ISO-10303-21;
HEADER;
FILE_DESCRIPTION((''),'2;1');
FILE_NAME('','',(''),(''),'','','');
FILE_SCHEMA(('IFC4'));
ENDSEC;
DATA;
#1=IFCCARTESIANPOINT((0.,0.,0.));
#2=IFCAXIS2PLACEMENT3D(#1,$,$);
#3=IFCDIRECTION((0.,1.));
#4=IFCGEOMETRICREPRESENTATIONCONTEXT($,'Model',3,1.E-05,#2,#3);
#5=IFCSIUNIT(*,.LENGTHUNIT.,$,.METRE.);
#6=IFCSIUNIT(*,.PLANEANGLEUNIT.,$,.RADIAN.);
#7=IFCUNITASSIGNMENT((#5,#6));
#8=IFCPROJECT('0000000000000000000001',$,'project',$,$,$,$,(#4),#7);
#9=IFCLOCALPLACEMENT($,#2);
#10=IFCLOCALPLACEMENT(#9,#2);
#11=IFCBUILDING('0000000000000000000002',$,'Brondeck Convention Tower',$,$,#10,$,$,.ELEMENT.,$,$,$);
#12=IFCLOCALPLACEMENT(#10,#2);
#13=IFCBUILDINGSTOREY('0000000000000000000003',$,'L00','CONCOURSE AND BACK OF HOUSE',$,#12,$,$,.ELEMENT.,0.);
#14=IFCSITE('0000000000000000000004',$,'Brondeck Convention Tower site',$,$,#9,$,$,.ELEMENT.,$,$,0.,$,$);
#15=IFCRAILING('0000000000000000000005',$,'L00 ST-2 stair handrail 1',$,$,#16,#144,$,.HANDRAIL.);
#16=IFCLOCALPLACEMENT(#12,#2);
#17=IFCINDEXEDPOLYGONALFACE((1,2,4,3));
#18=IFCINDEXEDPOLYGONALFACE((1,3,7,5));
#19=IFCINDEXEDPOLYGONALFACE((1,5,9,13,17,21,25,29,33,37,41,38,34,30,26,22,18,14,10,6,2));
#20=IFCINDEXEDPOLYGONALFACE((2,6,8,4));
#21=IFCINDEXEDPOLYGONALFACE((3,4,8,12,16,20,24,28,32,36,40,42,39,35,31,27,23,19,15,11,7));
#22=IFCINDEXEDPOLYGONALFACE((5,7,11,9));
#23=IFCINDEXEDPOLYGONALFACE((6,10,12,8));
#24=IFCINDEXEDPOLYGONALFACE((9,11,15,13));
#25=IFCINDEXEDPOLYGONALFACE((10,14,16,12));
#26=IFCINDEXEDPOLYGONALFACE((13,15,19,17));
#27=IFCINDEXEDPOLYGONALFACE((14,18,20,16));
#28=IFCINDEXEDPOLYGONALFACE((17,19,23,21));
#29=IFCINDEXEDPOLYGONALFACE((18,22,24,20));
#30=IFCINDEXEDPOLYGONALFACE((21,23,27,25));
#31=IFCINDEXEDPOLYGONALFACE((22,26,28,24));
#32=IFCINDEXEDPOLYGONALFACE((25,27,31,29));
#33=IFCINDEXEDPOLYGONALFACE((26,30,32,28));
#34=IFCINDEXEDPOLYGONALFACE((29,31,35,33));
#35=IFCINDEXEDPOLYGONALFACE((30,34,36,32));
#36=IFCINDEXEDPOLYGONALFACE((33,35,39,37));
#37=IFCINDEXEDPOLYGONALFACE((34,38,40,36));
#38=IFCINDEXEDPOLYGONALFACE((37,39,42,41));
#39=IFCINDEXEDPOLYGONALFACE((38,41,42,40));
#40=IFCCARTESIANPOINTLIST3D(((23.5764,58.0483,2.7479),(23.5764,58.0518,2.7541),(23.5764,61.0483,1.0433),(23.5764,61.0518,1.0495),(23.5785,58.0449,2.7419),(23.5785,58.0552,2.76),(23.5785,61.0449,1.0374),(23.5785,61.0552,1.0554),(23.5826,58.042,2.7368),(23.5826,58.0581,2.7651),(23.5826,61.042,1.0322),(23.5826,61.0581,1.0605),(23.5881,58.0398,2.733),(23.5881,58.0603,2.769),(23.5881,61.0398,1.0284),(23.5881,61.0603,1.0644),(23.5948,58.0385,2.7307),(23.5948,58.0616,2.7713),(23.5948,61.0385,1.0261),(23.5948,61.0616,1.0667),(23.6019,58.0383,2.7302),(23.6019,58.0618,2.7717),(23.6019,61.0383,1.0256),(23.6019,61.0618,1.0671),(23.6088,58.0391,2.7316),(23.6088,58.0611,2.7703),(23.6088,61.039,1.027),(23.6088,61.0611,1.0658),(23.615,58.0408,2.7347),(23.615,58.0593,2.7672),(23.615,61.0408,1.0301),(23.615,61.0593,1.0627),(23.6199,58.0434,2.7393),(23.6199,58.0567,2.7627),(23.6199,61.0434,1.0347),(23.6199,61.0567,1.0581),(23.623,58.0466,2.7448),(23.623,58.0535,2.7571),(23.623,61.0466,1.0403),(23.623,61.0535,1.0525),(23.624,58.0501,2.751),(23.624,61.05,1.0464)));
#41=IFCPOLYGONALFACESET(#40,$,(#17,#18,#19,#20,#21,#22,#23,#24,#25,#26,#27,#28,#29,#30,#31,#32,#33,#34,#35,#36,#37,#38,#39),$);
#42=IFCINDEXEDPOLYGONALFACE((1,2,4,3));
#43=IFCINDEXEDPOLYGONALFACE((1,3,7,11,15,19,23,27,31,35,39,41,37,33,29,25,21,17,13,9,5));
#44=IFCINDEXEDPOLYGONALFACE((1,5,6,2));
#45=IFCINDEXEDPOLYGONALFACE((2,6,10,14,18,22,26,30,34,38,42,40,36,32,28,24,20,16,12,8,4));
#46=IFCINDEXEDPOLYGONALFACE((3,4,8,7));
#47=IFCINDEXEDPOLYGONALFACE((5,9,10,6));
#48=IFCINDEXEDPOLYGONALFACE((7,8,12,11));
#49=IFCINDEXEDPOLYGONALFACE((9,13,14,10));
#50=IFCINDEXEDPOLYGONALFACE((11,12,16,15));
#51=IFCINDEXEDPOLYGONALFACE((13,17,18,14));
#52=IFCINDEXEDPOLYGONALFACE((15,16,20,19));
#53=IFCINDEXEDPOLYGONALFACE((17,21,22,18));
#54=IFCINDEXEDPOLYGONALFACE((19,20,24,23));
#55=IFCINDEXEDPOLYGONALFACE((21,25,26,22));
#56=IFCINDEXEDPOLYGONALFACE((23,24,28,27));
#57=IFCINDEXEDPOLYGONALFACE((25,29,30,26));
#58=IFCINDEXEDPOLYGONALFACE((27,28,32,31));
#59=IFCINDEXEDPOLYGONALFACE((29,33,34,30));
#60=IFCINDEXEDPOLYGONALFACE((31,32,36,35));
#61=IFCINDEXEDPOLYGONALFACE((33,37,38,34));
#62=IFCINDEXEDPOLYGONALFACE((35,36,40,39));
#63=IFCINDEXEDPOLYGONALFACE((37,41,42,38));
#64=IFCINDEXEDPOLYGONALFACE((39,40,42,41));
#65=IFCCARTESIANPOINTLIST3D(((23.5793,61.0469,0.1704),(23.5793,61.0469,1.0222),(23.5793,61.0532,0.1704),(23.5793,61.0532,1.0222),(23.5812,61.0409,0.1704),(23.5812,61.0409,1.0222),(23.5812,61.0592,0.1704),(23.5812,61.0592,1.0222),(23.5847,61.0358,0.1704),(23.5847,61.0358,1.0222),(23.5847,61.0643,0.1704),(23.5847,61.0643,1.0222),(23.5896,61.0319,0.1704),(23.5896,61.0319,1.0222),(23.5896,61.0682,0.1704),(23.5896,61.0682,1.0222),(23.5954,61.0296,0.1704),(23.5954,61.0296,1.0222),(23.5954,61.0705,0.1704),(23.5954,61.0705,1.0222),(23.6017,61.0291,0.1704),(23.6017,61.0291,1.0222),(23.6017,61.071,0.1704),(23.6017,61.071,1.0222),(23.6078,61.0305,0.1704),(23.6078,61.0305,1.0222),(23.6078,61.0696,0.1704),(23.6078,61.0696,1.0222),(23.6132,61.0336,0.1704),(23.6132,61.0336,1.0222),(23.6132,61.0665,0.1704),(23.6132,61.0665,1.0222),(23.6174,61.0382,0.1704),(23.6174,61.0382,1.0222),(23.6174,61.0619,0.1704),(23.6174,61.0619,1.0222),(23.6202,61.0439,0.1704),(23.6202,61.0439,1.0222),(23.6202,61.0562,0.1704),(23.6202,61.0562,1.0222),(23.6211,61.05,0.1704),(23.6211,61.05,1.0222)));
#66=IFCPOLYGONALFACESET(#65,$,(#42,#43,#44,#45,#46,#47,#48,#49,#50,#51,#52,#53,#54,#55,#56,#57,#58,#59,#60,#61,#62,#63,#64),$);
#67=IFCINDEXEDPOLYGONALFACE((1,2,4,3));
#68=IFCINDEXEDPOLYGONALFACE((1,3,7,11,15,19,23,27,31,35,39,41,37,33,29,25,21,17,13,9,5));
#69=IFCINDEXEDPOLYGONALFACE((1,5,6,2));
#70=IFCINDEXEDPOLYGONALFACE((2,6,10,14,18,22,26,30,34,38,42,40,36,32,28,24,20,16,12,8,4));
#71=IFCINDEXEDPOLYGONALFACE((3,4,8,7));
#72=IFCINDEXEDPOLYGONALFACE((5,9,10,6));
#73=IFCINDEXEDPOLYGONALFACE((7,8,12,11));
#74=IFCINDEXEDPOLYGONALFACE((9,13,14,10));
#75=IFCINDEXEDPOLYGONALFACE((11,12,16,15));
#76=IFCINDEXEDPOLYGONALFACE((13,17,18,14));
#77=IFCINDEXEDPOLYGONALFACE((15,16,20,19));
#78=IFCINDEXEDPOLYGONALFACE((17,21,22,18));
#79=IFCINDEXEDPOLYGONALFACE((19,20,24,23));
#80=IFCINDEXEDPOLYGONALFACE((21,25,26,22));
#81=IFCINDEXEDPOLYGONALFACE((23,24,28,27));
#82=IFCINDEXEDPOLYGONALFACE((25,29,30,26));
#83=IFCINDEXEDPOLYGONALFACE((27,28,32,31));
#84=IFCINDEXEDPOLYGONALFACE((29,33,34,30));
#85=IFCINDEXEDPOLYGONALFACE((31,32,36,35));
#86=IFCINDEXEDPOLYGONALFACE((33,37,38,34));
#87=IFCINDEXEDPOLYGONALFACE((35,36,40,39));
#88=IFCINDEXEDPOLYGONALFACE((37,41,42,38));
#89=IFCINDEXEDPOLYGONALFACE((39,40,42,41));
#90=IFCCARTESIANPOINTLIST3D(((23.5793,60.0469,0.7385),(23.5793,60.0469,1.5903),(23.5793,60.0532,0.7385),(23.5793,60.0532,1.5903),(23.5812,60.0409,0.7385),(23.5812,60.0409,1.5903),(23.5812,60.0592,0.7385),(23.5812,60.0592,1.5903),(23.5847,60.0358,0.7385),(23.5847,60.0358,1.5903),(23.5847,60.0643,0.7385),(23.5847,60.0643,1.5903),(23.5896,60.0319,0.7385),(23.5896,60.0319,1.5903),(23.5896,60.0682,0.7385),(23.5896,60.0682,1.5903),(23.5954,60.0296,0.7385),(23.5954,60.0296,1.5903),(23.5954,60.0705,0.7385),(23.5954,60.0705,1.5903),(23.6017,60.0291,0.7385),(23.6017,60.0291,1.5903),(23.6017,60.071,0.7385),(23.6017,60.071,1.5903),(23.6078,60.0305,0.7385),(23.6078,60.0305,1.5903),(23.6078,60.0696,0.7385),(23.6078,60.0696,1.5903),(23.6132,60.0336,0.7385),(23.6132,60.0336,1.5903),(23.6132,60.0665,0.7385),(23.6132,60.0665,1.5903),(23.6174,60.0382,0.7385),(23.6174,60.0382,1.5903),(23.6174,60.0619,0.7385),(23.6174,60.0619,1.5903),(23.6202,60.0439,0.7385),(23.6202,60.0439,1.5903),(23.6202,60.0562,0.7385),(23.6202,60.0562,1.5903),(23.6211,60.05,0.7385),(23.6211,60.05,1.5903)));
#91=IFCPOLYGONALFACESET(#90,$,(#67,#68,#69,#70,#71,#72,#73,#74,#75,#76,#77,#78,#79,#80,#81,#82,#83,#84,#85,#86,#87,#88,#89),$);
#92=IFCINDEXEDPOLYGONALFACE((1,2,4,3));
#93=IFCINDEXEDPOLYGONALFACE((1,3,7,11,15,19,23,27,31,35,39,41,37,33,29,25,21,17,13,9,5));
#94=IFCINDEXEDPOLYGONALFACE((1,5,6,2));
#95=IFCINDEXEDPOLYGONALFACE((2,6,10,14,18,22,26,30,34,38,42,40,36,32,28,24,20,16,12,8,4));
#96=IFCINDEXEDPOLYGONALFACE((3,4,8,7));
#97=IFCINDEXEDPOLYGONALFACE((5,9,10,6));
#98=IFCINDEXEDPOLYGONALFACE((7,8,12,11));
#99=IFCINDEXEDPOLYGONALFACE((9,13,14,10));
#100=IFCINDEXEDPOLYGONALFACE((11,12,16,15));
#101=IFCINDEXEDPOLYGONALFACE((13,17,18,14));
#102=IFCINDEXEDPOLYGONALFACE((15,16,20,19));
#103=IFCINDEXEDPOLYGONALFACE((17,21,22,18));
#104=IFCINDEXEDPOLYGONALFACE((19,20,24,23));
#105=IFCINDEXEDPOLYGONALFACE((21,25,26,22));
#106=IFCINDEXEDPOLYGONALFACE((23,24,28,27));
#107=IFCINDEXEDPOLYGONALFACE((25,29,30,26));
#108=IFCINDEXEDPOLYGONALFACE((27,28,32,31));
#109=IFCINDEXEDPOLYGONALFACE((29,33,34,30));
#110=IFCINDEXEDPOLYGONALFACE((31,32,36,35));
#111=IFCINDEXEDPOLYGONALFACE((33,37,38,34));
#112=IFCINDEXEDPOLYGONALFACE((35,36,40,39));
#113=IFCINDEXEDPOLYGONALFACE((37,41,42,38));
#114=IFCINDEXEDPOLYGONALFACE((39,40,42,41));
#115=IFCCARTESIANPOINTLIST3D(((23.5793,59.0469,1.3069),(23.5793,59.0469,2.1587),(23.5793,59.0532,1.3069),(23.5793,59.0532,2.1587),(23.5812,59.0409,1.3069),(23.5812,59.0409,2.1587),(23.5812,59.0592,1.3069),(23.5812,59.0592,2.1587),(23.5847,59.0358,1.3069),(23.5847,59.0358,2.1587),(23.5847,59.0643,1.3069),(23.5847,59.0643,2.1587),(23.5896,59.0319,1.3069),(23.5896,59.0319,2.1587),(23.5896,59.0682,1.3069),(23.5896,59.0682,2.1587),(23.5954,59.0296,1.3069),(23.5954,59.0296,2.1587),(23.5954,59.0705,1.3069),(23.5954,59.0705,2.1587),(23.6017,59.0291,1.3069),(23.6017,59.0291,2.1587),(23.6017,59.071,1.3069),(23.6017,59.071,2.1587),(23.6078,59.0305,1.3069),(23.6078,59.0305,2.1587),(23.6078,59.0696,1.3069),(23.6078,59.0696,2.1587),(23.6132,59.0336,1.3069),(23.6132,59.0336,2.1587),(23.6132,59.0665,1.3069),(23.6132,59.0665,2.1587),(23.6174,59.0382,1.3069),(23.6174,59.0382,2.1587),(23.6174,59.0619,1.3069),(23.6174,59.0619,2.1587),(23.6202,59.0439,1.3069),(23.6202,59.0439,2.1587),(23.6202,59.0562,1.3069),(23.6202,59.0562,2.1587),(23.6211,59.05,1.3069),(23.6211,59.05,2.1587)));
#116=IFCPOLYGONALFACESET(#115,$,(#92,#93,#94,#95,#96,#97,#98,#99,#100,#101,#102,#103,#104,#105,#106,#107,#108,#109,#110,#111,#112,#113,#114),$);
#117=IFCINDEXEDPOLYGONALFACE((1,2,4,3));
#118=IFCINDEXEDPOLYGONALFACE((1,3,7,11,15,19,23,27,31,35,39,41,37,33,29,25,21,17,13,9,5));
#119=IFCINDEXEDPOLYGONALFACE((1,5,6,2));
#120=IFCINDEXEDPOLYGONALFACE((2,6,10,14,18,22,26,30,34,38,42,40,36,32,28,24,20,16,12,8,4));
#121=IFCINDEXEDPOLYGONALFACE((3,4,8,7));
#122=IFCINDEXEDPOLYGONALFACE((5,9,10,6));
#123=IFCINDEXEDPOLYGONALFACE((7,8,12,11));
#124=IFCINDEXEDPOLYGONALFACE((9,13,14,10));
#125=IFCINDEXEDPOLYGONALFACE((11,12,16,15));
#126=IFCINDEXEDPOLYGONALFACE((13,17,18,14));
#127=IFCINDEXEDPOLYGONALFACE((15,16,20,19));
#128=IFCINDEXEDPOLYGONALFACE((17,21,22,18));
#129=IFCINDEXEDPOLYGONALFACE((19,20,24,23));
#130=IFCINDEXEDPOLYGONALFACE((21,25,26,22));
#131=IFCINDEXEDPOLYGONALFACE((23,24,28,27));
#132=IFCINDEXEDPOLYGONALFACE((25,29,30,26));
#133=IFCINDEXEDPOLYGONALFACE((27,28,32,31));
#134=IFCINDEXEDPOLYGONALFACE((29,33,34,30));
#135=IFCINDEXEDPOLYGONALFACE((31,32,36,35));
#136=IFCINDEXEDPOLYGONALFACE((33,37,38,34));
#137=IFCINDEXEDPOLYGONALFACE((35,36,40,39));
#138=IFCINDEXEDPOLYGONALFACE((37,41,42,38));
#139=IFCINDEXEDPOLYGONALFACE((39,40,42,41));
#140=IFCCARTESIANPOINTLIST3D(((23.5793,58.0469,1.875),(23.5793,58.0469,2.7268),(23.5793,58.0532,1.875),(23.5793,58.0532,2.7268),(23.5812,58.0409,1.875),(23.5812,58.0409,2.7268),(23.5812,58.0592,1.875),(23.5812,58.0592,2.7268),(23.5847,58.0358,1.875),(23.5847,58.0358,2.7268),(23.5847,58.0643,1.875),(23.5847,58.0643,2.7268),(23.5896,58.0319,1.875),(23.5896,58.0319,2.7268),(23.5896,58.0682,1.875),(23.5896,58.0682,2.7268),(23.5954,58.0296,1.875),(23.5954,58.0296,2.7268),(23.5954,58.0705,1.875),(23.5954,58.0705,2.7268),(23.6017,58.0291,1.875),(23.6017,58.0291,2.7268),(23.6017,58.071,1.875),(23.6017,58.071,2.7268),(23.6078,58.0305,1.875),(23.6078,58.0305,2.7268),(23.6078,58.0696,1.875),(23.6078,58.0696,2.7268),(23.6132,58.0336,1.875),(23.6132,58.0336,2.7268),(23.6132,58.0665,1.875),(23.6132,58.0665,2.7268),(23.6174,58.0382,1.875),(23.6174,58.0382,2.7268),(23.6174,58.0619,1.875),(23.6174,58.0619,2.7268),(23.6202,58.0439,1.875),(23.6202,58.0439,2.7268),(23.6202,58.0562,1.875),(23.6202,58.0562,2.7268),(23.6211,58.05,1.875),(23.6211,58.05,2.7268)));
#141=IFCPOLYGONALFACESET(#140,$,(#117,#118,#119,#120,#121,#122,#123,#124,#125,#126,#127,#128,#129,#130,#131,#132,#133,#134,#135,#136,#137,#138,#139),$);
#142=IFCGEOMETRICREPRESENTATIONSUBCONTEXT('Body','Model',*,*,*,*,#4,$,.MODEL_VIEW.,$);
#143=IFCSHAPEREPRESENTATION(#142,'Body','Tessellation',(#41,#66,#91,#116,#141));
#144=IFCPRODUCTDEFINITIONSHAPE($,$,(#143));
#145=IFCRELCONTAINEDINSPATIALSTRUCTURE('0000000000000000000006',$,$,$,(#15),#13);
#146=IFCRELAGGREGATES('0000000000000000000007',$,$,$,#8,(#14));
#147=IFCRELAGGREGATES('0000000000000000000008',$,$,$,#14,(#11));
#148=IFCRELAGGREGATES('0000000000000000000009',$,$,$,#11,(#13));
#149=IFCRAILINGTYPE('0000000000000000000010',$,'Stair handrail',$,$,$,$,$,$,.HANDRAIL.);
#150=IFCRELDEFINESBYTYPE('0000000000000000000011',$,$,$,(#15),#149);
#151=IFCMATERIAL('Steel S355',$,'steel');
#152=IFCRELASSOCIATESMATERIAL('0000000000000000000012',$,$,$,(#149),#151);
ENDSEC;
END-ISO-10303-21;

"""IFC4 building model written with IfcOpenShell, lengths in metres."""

from ifc_helpers import new_model, si_unit, direction, frame, origin, origin_2d, place, context, subcontext, project, spatial, circle, extrude, material, type_object, element, save


model = new_model("IFC4")

# Units and contexts
model_context = context("Model", 3, precision=1e-05, world=origin(), true_north=direction((0.0, 1.0)))
body_context = subcontext(model_context, "Body", "Model", "MODEL_VIEW")
ifc_project = project(units=[si_unit("LENGTHUNIT", "METRE"), si_unit("PLANEANGLEUNIT", "RADIAN")], contexts=[model_context])

# Site, building, storey
site_placement = place(None, origin())
site = spatial("IfcSite", under=ifc_project, at=site_placement, Name="Brondeck Convention Tower site", CompositionType="ELEMENT", RefElevation=0.0)
building_placement = place(site_placement, origin())
building = spatial("IfcBuilding", under=site, at=building_placement, Name="Brondeck Convention Tower", CompositionType="ELEMENT")
storey_placement = place(building_placement, origin())
storey = spatial("IfcBuildingStorey", under=building, at=storey_placement, Name="L00", Description="CONCOURSE AND BACK OF HOUSE", CompositionType="ELEMENT", Elevation=0.0)

# Shared definitions
ifc_material_1 = material(Name="Steel S355", Category="steel")

# Railing
railing_type_1 = type_object("IfcRailingType", Name="Stair handrail", PredefinedType="HANDRAIL", material=ifc_material_1)
for number, where, name in (
    (1, (23.6001, 61.05, 0.1704), "L00 ST-2 stair handrail 1"),
):
    element("IfcRailing", number, at=place(storey_placement, frame(where)), inside=storey, type_object=railing_type_1, Name=name, PredefinedType="HANDRAIL", context=body_context, shape_type="SweptSolid", body=[
        extrude(circle(Radius=0.0239, at=origin_2d()), frame((0.0, 0.0, 0.876), z_axis=(0.0, -0.869451, 0.494019), x_axis=(1.0, 0.0, 0.0)), (0.0, 0.0, 1.0), 3.4504),
        extrude(circle(Radius=0.021, at=origin_2d()), origin(), (0.0, 0.0, 1.0), 0.8518),
        extrude(circle(Radius=0.021, at=origin_2d()), frame((0.0, -1.0, 0.5681)), (0.0, 0.0, 1.0), 0.8518),
        extrude(circle(Radius=0.021, at=origin_2d()), frame((0.0, -2.0, 1.1365)), (0.0, 0.0, 1.0), 0.8518),
        extrude(circle(Radius=0.021, at=origin_2d()), frame((0.0, -3.0, 1.7046)), (0.0, 0.0, 1.0), 0.8518),
    ])

save(model, "model.ifc")
